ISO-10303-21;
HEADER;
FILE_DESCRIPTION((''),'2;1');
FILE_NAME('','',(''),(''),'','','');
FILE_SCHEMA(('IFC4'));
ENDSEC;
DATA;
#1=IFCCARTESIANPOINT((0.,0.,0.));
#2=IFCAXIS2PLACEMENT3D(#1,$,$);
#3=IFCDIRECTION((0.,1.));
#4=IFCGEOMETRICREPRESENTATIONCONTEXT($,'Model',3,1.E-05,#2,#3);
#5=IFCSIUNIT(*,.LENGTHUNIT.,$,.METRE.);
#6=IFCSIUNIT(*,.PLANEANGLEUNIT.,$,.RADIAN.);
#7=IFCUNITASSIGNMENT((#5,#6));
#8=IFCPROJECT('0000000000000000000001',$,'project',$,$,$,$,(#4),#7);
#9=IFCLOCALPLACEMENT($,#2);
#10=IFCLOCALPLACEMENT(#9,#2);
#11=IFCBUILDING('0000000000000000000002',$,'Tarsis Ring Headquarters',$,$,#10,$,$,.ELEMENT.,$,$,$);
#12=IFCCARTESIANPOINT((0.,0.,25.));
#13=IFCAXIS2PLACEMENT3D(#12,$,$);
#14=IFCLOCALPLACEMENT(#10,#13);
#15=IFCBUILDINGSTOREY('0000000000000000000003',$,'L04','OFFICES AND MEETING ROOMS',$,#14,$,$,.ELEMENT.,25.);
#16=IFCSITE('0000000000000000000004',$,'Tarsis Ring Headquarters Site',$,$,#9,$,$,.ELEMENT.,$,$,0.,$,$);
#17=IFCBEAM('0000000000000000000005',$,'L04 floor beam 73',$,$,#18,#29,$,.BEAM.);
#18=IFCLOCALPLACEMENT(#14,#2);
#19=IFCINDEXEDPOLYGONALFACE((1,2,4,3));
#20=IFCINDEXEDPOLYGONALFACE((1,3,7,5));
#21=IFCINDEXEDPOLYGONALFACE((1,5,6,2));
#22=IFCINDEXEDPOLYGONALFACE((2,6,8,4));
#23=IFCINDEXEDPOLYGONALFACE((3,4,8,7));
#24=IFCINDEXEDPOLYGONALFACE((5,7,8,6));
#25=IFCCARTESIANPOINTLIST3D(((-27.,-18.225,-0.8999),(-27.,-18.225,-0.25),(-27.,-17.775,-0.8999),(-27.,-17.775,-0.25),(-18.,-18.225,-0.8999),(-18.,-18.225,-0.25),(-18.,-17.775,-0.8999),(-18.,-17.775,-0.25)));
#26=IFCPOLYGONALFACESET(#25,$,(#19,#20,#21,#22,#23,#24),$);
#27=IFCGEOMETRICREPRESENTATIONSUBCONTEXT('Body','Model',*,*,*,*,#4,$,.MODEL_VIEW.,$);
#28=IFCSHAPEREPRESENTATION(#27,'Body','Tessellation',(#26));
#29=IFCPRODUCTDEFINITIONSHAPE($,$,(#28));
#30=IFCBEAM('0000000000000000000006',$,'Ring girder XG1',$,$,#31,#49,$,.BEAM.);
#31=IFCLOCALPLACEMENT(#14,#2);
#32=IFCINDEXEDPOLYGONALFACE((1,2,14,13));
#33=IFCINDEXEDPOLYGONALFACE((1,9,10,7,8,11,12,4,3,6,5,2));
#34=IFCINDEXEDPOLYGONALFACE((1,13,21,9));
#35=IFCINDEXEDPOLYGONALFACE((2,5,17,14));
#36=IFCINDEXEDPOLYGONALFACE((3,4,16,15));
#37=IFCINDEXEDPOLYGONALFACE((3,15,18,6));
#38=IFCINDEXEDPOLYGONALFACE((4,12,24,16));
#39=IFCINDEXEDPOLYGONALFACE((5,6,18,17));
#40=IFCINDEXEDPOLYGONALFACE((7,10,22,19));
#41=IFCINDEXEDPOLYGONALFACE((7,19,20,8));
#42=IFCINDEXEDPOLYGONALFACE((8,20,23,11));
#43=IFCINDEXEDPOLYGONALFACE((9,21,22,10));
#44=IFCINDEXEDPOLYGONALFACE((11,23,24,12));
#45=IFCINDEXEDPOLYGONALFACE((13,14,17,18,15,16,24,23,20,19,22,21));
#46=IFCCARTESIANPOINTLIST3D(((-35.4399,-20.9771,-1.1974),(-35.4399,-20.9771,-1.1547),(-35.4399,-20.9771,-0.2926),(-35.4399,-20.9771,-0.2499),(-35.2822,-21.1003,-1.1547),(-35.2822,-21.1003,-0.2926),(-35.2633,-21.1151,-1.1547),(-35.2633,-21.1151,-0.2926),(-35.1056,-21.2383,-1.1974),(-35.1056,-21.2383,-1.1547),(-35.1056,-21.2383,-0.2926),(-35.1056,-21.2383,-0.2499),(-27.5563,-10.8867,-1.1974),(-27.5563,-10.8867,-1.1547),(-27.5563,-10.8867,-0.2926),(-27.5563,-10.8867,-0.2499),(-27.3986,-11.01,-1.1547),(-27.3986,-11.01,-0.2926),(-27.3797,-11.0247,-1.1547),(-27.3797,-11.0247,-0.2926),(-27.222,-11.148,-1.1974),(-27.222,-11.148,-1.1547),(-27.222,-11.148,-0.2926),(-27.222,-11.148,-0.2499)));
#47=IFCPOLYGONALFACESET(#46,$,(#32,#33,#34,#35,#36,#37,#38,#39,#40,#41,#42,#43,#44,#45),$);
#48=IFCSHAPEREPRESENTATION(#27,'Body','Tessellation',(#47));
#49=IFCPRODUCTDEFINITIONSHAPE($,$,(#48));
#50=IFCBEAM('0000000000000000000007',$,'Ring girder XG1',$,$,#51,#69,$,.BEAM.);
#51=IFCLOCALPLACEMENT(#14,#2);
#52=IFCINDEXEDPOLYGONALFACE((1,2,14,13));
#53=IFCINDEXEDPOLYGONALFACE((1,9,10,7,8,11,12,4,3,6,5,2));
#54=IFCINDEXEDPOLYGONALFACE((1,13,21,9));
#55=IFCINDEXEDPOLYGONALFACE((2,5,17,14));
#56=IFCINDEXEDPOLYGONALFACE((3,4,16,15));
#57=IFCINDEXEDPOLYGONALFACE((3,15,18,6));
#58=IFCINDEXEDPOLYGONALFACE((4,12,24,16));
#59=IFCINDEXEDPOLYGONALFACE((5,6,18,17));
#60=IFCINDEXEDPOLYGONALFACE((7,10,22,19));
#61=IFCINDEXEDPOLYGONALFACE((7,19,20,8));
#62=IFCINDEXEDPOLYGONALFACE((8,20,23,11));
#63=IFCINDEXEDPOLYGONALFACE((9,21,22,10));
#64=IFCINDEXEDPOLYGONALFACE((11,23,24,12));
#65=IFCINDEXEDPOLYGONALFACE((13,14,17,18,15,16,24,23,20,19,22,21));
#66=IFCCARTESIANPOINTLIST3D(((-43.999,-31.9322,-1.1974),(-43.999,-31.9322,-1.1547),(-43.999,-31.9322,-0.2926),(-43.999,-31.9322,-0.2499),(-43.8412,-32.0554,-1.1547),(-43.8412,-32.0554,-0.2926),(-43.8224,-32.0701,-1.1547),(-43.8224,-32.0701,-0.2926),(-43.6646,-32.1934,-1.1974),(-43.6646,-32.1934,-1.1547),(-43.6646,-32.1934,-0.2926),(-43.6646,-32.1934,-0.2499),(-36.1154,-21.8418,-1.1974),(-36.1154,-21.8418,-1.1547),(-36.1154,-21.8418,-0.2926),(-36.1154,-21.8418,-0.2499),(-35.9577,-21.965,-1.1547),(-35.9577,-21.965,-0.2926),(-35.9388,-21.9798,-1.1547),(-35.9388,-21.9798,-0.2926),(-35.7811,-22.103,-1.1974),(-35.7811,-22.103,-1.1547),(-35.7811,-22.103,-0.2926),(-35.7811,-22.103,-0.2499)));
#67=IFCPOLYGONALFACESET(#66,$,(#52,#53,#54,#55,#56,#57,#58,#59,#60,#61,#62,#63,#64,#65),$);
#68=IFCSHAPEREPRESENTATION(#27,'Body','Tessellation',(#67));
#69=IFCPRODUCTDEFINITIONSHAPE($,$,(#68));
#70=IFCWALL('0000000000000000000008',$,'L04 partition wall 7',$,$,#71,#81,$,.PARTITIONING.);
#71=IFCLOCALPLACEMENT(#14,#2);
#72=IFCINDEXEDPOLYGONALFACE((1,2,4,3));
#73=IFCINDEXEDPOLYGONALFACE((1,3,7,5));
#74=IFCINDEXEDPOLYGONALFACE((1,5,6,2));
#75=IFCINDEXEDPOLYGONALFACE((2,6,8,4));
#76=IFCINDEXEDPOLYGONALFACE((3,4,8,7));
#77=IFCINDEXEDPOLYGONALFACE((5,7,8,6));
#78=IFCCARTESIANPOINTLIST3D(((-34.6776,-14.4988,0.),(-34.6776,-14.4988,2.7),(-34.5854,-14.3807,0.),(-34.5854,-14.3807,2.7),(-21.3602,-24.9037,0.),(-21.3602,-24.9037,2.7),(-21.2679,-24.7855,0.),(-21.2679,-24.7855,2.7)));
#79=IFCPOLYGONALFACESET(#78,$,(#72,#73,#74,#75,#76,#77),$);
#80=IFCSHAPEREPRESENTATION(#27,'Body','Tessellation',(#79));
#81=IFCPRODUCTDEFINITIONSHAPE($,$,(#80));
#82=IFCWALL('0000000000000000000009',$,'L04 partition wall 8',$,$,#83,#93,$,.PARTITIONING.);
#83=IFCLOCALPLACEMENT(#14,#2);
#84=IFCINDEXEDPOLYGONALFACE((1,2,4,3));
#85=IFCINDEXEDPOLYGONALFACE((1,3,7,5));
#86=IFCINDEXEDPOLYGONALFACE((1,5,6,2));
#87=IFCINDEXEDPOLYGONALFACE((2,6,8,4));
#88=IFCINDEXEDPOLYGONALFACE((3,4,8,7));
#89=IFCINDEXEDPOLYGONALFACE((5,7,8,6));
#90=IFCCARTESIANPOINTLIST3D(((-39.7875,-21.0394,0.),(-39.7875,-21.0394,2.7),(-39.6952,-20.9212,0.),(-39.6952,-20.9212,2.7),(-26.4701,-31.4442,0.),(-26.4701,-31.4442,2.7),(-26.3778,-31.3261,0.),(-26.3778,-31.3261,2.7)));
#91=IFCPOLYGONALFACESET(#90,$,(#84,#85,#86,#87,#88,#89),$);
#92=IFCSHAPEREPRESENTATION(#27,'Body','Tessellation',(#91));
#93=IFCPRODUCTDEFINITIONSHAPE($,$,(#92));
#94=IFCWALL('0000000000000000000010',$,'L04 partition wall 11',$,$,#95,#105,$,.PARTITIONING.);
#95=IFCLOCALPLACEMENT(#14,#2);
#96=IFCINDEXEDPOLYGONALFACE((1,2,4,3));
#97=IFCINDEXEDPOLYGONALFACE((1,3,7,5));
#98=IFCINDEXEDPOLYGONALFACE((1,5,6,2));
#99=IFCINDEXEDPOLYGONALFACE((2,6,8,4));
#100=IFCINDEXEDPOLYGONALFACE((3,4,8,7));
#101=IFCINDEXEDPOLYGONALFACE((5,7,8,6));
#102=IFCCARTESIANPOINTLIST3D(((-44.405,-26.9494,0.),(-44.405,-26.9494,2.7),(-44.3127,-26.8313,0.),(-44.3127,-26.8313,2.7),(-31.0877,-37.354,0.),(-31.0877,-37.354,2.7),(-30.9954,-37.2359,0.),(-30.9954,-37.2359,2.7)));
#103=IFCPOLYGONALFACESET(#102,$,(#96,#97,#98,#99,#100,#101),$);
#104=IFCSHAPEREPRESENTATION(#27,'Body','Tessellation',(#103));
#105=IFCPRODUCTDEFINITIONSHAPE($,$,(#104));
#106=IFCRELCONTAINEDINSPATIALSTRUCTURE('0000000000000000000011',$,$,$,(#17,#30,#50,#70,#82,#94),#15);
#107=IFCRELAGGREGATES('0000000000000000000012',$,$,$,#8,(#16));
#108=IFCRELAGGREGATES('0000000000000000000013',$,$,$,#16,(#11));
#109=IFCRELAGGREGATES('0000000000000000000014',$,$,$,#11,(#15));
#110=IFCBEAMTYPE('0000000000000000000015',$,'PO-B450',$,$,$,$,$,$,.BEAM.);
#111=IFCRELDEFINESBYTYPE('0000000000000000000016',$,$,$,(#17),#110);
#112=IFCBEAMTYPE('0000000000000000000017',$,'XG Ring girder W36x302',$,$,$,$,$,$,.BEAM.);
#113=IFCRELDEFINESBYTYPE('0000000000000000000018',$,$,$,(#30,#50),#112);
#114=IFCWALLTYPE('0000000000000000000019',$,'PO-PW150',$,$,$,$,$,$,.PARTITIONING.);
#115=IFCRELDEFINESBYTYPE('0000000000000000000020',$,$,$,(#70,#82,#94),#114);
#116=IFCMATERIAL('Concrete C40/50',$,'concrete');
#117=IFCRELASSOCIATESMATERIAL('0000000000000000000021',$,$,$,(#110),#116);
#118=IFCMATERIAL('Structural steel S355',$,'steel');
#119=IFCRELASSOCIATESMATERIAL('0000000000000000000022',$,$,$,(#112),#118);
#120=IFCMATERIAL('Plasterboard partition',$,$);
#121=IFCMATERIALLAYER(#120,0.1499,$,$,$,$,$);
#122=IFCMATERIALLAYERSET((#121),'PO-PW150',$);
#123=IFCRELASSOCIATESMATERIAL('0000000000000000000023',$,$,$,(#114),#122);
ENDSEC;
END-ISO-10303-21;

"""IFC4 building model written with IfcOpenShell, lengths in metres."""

from ifc_helpers import new_model, si_unit, direction, frame, frame_2d, origin, origin_2d, place, context, subcontext, project, spatial, rectangle, i_section, extrude, material, layer, layer_set, material_profile, profile_set, type_object, element, save


model = new_model("IFC4")

# Units and contexts
model_context = context("Model", 3, precision=1e-05, world=origin(), true_north=direction((0.0, 1.0)))
body_context = subcontext(model_context, "Body", "Model", "MODEL_VIEW")
ifc_project = project(units=[si_unit("LENGTHUNIT", "METRE"), si_unit("PLANEANGLEUNIT", "RADIAN")], contexts=[model_context])

# Site, building, storey
site_placement = place(None, origin())
site = spatial("IfcSite", under=ifc_project, at=site_placement, Name="Tarsis Ring Headquarters Site", CompositionType="ELEMENT", RefElevation=0.0)
building_placement = place(site_placement, origin())
building = spatial("IfcBuilding", under=site, at=building_placement, Name="Tarsis Ring Headquarters", CompositionType="ELEMENT")
storey_placement = place(building_placement, frame((0.0, 0.0, 25.0)))
storey = spatial("IfcBuildingStorey", under=building, at=storey_placement, Name="L04", Description="OFFICES AND MEETING ROOMS", CompositionType="ELEMENT", Elevation=25.0)

# Shared definitions
ifc_material_1 = material(Name="Concrete C40/50", Category="concrete")

# Beams
ifc_material_profile_1 = material_profile(ifc_material_1, rectangle(XDim=0.45, YDim=0.6499, at=origin_2d()), Name="PO-B450")
ifc_profile_set_1 = profile_set([ifc_material_profile_1], Name="Concrete C40/50")
beam_type_1 = type_object("IfcBeamType", Name="PO-B450", PredefinedType="BEAM", material=ifc_profile_set_1)
beam_1_placement = place(storey_placement, frame((-27.0, -18.0, -0.575), z_axis=(1.0, 0.0, 0.0), x_axis=(0.0, 1.0, 0.0)))
element("IfcBeam", 1, at=beam_1_placement, inside=storey, type_object=beam_type_1, Name="L04 floor beam 73", PredefinedType="BEAM", context=body_context, shape_type="SweptSolid", body=[
    extrude(rectangle(XDim=0.45, YDim=0.6499, at=origin_2d()), origin(), (0.0, 0.0, 1.0), 9.0),
])
ifc_material_2 = material(Name="Structural steel S355", Category="steel")
ifc_material_profile_2 = material_profile(ifc_material_2, i_section(OverallWidth=0.4243, OverallDepth=0.9475, WebThickness=0.0239, FlangeThickness=0.0427, at=origin_2d()), Name="W36x302")
ifc_profile_set_2 = profile_set([ifc_material_profile_2], Name="Structural steel S355")
beam_type_2 = type_object("IfcBeamType", Name="XG Ring girder W36x302", PredefinedType="BEAM", material=ifc_profile_set_2)
for number, where, z_axis, x_axis, name in (
    (2, (-27.3892, -11.0173, -0.7236), (-0.615667, -0.788006, 0.0), (0.788006, -0.615667, 0.0), "Ring girder XG1"),
    (3, (-35.9482, -21.9724, -0.7236), (-0.615667, -0.788006, 0.0), (0.788006, -0.615667, 0.0), "Ring girder XG1"),
):
    element("IfcBeam", number, at=place(storey_placement, frame(where, z_axis=z_axis, x_axis=x_axis)), inside=storey, type_object=beam_type_2, Name=name, PredefinedType="BEAM", context=body_context, shape_type="SweptSolid", body=[
        extrude(i_section(OverallWidth=0.4243, OverallDepth=0.9475, WebThickness=0.0239, FlangeThickness=0.0427, at=origin_2d()), origin(), (0.0, 0.0, 1.0), 12.8049),
    ])

# Walls
ifc_material_3 = material(Name="Plasterboard partition")
ifc_layer = layer(ifc_material_3, 0.1499)
ifc_layer_set = layer_set([ifc_layer], Name="PO-PW150")
wall_type = type_object("IfcWallType", Name="PO-PW150", PredefinedType="PARTITIONING", material=ifc_layer_set)
for number, where, z_axis, x_axis, name in (
    (4, (-34.6316, -14.4397, 0.0), (0.0, 0.0, 1.0), (0.788008, -0.615665, 0.0), "L04 partition wall 7"),
    (5, (-39.7415, -20.9802, 0.0), (0.0, 0.0, 1.0), (0.788008, -0.615665, 0.0), "L04 partition wall 8"),
):
    element("IfcWall", number, at=place(storey_placement, frame(where, z_axis=z_axis, x_axis=x_axis)), inside=storey, type_object=wall_type, Name=name, PredefinedType="PARTITIONING", context=body_context, shape_type="SweptSolid", body=[
        extrude(rectangle(XDim=16.9001, YDim=0.1499, at=frame_2d((8.4502, 0.0))), origin(), (0.0, 0.0, 1.0), 2.7),
    ])
wall_placement = place(storey_placement, frame((-44.3589, -26.8904, 0.0), z_axis=(0.0, 0.0, 1.0), x_axis=(0.788015, -0.615656, 0.0)))
element("IfcWall", 6, at=wall_placement, inside=storey, type_object=wall_type, Name="L04 partition wall 11", PredefinedType="PARTITIONING", context=body_context, shape_type="SweptSolid", body=[
    extrude(rectangle(XDim=16.8999, YDim=0.1499, at=frame_2d((8.45, 0.0))), origin(), (0.0, 0.0, 1.0), 2.7),
])

save(model, "model.ifc")
